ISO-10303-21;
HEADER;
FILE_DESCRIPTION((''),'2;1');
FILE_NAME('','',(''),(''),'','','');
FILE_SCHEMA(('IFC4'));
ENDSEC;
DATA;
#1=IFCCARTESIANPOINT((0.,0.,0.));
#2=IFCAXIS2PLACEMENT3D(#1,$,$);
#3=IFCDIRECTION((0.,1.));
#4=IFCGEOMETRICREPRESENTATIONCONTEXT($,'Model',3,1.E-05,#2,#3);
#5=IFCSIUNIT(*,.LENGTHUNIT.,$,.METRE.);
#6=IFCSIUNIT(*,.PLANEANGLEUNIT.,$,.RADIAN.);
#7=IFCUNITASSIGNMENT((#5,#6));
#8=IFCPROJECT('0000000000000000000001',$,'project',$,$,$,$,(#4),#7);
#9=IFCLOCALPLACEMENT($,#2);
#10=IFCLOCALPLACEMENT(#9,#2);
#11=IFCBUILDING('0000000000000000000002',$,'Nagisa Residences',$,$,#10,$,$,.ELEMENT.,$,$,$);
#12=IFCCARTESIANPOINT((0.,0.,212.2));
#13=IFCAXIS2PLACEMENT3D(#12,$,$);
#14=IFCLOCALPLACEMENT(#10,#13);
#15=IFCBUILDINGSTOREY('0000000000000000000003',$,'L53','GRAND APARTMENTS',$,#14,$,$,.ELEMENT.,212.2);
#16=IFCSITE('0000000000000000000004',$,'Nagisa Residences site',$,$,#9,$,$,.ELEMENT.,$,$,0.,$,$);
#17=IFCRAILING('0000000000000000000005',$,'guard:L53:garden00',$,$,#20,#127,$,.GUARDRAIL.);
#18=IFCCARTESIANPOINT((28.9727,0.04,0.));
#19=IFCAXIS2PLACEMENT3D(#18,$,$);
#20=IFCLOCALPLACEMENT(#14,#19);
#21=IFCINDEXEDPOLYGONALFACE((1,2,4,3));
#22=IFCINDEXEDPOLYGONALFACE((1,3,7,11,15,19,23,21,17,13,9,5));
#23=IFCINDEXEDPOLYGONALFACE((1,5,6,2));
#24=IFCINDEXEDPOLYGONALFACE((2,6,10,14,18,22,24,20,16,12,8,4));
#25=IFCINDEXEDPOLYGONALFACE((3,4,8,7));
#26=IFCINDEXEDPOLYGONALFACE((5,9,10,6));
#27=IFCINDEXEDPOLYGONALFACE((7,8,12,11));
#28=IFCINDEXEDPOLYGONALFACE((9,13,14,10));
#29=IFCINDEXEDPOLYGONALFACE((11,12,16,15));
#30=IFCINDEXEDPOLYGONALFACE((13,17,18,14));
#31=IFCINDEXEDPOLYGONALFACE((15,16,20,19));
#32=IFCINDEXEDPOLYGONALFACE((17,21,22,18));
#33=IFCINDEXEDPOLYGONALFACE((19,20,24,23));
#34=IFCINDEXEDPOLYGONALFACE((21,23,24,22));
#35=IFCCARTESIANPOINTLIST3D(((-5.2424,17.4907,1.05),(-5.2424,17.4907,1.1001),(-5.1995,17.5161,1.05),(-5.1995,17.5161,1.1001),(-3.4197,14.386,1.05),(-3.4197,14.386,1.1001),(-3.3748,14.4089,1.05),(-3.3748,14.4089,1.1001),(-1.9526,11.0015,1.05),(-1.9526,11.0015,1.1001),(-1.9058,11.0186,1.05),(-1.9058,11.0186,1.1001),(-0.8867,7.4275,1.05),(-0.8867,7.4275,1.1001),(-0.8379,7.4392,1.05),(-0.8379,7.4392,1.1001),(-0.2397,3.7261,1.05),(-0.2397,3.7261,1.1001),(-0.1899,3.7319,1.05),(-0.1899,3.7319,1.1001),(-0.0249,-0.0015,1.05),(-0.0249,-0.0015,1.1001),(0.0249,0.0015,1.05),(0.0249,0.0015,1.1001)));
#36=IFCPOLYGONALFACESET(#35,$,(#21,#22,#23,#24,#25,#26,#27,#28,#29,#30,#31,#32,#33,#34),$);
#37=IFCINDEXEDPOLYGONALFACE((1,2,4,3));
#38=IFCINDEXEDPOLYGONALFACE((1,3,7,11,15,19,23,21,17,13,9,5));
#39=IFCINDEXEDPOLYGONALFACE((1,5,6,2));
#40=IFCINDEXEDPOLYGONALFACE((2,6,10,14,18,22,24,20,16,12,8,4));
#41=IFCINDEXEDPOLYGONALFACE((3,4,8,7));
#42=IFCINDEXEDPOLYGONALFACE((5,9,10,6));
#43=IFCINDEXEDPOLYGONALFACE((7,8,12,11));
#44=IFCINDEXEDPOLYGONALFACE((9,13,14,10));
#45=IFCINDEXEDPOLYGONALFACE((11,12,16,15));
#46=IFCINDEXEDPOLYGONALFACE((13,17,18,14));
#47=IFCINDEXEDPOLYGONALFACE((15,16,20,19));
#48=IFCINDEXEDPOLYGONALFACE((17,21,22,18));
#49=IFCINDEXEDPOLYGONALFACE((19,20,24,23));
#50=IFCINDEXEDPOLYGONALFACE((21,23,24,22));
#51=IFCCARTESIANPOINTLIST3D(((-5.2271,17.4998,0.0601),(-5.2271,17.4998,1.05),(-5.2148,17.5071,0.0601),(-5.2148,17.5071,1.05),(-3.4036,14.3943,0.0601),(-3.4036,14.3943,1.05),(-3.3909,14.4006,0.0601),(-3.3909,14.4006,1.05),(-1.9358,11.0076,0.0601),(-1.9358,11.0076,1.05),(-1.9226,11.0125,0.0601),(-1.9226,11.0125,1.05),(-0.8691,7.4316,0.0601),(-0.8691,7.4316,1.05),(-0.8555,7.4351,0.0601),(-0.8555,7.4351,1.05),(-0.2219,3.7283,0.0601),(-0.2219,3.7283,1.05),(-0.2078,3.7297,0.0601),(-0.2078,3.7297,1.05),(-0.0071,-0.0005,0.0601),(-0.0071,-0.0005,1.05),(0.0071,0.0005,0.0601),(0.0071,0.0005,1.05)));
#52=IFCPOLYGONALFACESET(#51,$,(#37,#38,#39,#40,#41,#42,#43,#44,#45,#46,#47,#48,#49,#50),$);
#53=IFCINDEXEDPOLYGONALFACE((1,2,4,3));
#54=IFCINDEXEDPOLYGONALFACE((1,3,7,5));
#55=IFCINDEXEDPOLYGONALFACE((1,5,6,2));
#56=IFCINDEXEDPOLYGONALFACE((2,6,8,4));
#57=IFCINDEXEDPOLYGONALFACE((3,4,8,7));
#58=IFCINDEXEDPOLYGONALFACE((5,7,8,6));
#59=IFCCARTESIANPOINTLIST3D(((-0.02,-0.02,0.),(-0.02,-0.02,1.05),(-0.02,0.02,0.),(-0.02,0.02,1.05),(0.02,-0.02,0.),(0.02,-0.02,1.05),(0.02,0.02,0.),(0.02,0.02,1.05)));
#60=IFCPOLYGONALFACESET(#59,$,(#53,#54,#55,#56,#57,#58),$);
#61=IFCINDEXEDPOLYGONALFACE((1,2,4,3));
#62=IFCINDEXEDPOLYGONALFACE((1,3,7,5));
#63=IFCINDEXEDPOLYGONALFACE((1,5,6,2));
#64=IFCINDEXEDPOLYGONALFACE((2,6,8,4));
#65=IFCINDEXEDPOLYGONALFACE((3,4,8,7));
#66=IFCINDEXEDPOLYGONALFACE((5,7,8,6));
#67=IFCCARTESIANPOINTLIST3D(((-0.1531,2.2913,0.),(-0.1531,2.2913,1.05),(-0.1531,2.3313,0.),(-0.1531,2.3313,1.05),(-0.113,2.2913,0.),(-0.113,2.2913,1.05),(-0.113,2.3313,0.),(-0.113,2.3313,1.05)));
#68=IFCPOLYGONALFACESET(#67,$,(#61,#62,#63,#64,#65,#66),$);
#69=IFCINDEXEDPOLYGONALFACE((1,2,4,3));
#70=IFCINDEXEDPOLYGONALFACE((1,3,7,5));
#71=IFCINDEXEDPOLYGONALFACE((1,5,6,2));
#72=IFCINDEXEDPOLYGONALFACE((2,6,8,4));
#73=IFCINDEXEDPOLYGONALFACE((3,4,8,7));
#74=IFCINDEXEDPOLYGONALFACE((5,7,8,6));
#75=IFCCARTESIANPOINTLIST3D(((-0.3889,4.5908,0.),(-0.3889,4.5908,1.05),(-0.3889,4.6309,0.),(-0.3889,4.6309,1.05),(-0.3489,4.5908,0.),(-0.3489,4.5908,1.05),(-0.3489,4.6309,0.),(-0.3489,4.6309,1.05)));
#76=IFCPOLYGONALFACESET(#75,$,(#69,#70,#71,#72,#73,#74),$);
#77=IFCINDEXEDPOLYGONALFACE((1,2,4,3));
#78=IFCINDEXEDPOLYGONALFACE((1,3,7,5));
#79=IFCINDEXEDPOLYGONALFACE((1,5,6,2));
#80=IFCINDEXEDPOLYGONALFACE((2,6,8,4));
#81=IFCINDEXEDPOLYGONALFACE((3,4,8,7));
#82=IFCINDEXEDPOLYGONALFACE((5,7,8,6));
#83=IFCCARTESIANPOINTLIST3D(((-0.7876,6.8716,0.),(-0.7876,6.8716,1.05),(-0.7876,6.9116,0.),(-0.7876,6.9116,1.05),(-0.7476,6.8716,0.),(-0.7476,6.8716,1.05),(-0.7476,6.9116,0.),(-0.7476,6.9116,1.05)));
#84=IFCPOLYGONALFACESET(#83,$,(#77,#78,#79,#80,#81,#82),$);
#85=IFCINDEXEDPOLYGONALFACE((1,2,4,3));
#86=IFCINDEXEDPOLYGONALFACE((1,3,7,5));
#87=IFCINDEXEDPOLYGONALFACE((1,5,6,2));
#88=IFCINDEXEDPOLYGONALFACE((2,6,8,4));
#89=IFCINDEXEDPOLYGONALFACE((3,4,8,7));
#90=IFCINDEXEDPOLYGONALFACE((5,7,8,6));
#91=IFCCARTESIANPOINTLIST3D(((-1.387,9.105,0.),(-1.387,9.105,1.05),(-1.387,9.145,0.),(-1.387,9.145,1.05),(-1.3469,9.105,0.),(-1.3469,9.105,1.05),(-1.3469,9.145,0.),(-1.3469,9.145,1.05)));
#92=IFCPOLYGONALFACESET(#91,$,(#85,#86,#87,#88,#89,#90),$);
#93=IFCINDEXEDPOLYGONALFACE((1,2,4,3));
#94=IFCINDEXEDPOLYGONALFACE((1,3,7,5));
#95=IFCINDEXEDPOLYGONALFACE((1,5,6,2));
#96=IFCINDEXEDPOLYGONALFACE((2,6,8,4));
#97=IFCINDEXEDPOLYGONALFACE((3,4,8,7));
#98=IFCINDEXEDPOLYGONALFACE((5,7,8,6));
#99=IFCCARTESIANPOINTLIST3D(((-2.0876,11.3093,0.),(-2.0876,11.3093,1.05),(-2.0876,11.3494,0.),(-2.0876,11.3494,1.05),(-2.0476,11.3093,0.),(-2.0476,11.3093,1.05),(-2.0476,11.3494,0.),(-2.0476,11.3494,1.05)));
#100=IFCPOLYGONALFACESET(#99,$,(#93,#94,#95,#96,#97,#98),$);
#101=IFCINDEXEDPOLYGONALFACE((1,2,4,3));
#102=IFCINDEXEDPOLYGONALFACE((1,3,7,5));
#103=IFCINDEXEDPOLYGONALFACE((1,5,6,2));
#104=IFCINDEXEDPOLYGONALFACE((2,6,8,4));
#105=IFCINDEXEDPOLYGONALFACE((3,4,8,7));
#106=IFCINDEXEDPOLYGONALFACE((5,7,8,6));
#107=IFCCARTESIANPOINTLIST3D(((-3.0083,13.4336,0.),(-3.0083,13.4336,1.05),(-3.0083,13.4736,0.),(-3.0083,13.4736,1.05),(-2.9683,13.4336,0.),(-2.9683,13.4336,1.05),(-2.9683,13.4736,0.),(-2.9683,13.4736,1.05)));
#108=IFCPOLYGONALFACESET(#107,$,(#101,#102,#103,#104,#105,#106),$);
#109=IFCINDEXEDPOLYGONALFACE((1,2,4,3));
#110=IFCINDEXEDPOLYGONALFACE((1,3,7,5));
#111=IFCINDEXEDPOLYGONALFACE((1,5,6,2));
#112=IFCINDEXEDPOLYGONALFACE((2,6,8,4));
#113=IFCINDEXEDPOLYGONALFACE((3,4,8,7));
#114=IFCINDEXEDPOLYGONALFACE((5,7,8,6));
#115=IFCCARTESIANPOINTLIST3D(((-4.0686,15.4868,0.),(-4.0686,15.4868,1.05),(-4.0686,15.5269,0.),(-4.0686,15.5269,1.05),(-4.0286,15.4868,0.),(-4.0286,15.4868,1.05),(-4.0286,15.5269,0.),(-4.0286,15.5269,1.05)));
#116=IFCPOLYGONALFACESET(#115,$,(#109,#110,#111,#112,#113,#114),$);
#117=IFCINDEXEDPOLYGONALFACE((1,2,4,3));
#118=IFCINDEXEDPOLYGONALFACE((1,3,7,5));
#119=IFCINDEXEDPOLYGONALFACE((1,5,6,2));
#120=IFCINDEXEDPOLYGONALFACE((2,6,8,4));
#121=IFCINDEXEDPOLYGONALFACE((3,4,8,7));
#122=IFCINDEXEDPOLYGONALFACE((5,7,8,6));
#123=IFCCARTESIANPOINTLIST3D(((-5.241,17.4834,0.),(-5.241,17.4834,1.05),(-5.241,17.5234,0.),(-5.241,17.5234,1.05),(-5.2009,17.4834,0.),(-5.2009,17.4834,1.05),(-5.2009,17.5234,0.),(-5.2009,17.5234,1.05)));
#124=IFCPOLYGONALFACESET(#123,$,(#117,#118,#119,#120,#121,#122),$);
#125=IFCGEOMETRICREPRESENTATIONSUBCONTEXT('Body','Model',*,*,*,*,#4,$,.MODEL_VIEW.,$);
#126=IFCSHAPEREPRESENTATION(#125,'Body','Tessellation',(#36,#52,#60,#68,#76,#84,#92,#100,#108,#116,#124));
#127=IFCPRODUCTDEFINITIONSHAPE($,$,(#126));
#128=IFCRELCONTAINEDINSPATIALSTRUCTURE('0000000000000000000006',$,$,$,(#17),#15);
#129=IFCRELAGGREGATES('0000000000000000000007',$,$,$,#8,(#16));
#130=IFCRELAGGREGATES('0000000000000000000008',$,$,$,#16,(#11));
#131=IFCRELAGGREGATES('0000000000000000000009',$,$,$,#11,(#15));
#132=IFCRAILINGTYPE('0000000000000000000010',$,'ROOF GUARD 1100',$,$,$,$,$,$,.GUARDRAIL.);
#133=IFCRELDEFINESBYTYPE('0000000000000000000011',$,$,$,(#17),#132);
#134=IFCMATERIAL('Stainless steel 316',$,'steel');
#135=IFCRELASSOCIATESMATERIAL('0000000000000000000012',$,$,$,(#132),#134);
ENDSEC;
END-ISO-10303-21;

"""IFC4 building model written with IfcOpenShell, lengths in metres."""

from ifc_helpers import new_model, si_unit, direction, frame, origin, origin_2d, place, context, subcontext, project, spatial, polyline, rectangle, outline, extrude, material, type_object, element, save


model = new_model("IFC4")

# Units and contexts
model_context = context("Model", 3, precision=1e-05, world=origin(), true_north=direction((0.0, 1.0)))
body_context = subcontext(model_context, "Body", "Model", "MODEL_VIEW")
ifc_project = project(units=[si_unit("LENGTHUNIT", "METRE"), si_unit("PLANEANGLEUNIT", "RADIAN")], contexts=[model_context])

# Site, building, storey
site_placement = place(None, origin())
site = spatial("IfcSite", under=ifc_project, at=site_placement, Name="Nagisa Residences site", CompositionType="ELEMENT", RefElevation=0.0)
building_placement = place(site_placement, origin())
building = spatial("IfcBuilding", under=site, at=building_placement, Name="Nagisa Residences", CompositionType="ELEMENT")
storey_placement = place(building_placement, frame((0.0, 0.0, 212.2)))
storey = spatial("IfcBuildingStorey", under=building, at=storey_placement, Name="L53", Description="GRAND APARTMENTS", CompositionType="ELEMENT", Elevation=212.2)

# Railing
ifc_material_1 = material(Name="Stainless steel 316", Category="steel")
railing_type = type_object("IfcRailingType", Name="ROOF GUARD 1100", PredefinedType="GUARDRAIL", material=ifc_material_1)
railing_placement = place(storey_placement, frame((28.9727, 0.04, 0.0)))
element("IfcRailing", 1, at=railing_placement, inside=storey, type_object=railing_type, Name="guard:L53:garden00", PredefinedType="GUARDRAIL", context=body_context, shape_type="SweptSolid", body=[
    extrude(outline(polyline([(-0.2397, 3.7261), (-0.0249, -0.0015), (0.0249, 0.0015), (-0.1899, 3.7319), (-0.8379, 7.4392), (-1.9058, 11.0186), (-3.3748, 14.4089), (-5.1995, 17.5161), (-5.2424, 17.4907), (-3.4197, 14.386), (-1.9526, 11.0015), (-0.8867, 7.4275), (-0.2397, 3.7261)])), frame((0.0, 0.0, 1.05)), (0.0, 0.0, 1.0), 0.05),
    extrude(outline(polyline([(-0.2219, 3.7283), (-0.0071, -0.0005), (0.0071, 0.0005), (-0.2078, 3.7297), (-0.8555, 7.4351), (-1.9226, 11.0125), (-3.3909, 14.4006), (-5.2148, 17.5071), (-5.2271, 17.4998), (-3.4036, 14.3943), (-1.9358, 11.0076), (-0.8691, 7.4316), (-0.2219, 3.7283)])), frame((0.0, 0.0, 0.0601)), (0.0, 0.0, 1.0), 0.99),
    extrude(rectangle(XDim=0.04, YDim=0.04, at=origin_2d()), origin(), (0.0, 0.0, 1.0), 1.05),
    extrude(rectangle(XDim=0.04, YDim=0.04, at=origin_2d()), frame((-0.1331, 2.3113, 0.0)), (0.0, 0.0, 1.0), 1.05),
    extrude(rectangle(XDim=0.04, YDim=0.04, at=origin_2d()), frame((-0.3689, 4.6108, 0.0)), (0.0, 0.0, 1.0), 1.05),
    extrude(rectangle(XDim=0.04, YDim=0.04, at=origin_2d()), frame((-0.7676, 6.8916, 0.0)), (0.0, 0.0, 1.0), 1.05),
    extrude(rectangle(XDim=0.04, YDim=0.04, at=origin_2d()), frame((-1.3669, 9.125, 0.0)), (0.0, 0.0, 1.0), 1.05),
    extrude(rectangle(XDim=0.04, YDim=0.04, at=origin_2d()), frame((-2.0676, 11.3293, 0.0)), (0.0, 0.0, 1.0), 1.05),
    extrude(rectangle(XDim=0.04, YDim=0.04, at=origin_2d()), frame((-2.9883, 13.4536, 0.0)), (0.0, 0.0, 1.0), 1.05),
    extrude(rectangle(XDim=0.04, YDim=0.04, at=origin_2d()), frame((-4.0486, 15.5068, 0.0)), (0.0, 0.0, 1.0), 1.05),
    extrude(rectangle(XDim=0.04, YDim=0.04, at=origin_2d()), frame((-5.2209, 17.5034, 0.0)), (0.0, 0.0, 1.0), 1.05),
])

save(model, "model.ifc")
